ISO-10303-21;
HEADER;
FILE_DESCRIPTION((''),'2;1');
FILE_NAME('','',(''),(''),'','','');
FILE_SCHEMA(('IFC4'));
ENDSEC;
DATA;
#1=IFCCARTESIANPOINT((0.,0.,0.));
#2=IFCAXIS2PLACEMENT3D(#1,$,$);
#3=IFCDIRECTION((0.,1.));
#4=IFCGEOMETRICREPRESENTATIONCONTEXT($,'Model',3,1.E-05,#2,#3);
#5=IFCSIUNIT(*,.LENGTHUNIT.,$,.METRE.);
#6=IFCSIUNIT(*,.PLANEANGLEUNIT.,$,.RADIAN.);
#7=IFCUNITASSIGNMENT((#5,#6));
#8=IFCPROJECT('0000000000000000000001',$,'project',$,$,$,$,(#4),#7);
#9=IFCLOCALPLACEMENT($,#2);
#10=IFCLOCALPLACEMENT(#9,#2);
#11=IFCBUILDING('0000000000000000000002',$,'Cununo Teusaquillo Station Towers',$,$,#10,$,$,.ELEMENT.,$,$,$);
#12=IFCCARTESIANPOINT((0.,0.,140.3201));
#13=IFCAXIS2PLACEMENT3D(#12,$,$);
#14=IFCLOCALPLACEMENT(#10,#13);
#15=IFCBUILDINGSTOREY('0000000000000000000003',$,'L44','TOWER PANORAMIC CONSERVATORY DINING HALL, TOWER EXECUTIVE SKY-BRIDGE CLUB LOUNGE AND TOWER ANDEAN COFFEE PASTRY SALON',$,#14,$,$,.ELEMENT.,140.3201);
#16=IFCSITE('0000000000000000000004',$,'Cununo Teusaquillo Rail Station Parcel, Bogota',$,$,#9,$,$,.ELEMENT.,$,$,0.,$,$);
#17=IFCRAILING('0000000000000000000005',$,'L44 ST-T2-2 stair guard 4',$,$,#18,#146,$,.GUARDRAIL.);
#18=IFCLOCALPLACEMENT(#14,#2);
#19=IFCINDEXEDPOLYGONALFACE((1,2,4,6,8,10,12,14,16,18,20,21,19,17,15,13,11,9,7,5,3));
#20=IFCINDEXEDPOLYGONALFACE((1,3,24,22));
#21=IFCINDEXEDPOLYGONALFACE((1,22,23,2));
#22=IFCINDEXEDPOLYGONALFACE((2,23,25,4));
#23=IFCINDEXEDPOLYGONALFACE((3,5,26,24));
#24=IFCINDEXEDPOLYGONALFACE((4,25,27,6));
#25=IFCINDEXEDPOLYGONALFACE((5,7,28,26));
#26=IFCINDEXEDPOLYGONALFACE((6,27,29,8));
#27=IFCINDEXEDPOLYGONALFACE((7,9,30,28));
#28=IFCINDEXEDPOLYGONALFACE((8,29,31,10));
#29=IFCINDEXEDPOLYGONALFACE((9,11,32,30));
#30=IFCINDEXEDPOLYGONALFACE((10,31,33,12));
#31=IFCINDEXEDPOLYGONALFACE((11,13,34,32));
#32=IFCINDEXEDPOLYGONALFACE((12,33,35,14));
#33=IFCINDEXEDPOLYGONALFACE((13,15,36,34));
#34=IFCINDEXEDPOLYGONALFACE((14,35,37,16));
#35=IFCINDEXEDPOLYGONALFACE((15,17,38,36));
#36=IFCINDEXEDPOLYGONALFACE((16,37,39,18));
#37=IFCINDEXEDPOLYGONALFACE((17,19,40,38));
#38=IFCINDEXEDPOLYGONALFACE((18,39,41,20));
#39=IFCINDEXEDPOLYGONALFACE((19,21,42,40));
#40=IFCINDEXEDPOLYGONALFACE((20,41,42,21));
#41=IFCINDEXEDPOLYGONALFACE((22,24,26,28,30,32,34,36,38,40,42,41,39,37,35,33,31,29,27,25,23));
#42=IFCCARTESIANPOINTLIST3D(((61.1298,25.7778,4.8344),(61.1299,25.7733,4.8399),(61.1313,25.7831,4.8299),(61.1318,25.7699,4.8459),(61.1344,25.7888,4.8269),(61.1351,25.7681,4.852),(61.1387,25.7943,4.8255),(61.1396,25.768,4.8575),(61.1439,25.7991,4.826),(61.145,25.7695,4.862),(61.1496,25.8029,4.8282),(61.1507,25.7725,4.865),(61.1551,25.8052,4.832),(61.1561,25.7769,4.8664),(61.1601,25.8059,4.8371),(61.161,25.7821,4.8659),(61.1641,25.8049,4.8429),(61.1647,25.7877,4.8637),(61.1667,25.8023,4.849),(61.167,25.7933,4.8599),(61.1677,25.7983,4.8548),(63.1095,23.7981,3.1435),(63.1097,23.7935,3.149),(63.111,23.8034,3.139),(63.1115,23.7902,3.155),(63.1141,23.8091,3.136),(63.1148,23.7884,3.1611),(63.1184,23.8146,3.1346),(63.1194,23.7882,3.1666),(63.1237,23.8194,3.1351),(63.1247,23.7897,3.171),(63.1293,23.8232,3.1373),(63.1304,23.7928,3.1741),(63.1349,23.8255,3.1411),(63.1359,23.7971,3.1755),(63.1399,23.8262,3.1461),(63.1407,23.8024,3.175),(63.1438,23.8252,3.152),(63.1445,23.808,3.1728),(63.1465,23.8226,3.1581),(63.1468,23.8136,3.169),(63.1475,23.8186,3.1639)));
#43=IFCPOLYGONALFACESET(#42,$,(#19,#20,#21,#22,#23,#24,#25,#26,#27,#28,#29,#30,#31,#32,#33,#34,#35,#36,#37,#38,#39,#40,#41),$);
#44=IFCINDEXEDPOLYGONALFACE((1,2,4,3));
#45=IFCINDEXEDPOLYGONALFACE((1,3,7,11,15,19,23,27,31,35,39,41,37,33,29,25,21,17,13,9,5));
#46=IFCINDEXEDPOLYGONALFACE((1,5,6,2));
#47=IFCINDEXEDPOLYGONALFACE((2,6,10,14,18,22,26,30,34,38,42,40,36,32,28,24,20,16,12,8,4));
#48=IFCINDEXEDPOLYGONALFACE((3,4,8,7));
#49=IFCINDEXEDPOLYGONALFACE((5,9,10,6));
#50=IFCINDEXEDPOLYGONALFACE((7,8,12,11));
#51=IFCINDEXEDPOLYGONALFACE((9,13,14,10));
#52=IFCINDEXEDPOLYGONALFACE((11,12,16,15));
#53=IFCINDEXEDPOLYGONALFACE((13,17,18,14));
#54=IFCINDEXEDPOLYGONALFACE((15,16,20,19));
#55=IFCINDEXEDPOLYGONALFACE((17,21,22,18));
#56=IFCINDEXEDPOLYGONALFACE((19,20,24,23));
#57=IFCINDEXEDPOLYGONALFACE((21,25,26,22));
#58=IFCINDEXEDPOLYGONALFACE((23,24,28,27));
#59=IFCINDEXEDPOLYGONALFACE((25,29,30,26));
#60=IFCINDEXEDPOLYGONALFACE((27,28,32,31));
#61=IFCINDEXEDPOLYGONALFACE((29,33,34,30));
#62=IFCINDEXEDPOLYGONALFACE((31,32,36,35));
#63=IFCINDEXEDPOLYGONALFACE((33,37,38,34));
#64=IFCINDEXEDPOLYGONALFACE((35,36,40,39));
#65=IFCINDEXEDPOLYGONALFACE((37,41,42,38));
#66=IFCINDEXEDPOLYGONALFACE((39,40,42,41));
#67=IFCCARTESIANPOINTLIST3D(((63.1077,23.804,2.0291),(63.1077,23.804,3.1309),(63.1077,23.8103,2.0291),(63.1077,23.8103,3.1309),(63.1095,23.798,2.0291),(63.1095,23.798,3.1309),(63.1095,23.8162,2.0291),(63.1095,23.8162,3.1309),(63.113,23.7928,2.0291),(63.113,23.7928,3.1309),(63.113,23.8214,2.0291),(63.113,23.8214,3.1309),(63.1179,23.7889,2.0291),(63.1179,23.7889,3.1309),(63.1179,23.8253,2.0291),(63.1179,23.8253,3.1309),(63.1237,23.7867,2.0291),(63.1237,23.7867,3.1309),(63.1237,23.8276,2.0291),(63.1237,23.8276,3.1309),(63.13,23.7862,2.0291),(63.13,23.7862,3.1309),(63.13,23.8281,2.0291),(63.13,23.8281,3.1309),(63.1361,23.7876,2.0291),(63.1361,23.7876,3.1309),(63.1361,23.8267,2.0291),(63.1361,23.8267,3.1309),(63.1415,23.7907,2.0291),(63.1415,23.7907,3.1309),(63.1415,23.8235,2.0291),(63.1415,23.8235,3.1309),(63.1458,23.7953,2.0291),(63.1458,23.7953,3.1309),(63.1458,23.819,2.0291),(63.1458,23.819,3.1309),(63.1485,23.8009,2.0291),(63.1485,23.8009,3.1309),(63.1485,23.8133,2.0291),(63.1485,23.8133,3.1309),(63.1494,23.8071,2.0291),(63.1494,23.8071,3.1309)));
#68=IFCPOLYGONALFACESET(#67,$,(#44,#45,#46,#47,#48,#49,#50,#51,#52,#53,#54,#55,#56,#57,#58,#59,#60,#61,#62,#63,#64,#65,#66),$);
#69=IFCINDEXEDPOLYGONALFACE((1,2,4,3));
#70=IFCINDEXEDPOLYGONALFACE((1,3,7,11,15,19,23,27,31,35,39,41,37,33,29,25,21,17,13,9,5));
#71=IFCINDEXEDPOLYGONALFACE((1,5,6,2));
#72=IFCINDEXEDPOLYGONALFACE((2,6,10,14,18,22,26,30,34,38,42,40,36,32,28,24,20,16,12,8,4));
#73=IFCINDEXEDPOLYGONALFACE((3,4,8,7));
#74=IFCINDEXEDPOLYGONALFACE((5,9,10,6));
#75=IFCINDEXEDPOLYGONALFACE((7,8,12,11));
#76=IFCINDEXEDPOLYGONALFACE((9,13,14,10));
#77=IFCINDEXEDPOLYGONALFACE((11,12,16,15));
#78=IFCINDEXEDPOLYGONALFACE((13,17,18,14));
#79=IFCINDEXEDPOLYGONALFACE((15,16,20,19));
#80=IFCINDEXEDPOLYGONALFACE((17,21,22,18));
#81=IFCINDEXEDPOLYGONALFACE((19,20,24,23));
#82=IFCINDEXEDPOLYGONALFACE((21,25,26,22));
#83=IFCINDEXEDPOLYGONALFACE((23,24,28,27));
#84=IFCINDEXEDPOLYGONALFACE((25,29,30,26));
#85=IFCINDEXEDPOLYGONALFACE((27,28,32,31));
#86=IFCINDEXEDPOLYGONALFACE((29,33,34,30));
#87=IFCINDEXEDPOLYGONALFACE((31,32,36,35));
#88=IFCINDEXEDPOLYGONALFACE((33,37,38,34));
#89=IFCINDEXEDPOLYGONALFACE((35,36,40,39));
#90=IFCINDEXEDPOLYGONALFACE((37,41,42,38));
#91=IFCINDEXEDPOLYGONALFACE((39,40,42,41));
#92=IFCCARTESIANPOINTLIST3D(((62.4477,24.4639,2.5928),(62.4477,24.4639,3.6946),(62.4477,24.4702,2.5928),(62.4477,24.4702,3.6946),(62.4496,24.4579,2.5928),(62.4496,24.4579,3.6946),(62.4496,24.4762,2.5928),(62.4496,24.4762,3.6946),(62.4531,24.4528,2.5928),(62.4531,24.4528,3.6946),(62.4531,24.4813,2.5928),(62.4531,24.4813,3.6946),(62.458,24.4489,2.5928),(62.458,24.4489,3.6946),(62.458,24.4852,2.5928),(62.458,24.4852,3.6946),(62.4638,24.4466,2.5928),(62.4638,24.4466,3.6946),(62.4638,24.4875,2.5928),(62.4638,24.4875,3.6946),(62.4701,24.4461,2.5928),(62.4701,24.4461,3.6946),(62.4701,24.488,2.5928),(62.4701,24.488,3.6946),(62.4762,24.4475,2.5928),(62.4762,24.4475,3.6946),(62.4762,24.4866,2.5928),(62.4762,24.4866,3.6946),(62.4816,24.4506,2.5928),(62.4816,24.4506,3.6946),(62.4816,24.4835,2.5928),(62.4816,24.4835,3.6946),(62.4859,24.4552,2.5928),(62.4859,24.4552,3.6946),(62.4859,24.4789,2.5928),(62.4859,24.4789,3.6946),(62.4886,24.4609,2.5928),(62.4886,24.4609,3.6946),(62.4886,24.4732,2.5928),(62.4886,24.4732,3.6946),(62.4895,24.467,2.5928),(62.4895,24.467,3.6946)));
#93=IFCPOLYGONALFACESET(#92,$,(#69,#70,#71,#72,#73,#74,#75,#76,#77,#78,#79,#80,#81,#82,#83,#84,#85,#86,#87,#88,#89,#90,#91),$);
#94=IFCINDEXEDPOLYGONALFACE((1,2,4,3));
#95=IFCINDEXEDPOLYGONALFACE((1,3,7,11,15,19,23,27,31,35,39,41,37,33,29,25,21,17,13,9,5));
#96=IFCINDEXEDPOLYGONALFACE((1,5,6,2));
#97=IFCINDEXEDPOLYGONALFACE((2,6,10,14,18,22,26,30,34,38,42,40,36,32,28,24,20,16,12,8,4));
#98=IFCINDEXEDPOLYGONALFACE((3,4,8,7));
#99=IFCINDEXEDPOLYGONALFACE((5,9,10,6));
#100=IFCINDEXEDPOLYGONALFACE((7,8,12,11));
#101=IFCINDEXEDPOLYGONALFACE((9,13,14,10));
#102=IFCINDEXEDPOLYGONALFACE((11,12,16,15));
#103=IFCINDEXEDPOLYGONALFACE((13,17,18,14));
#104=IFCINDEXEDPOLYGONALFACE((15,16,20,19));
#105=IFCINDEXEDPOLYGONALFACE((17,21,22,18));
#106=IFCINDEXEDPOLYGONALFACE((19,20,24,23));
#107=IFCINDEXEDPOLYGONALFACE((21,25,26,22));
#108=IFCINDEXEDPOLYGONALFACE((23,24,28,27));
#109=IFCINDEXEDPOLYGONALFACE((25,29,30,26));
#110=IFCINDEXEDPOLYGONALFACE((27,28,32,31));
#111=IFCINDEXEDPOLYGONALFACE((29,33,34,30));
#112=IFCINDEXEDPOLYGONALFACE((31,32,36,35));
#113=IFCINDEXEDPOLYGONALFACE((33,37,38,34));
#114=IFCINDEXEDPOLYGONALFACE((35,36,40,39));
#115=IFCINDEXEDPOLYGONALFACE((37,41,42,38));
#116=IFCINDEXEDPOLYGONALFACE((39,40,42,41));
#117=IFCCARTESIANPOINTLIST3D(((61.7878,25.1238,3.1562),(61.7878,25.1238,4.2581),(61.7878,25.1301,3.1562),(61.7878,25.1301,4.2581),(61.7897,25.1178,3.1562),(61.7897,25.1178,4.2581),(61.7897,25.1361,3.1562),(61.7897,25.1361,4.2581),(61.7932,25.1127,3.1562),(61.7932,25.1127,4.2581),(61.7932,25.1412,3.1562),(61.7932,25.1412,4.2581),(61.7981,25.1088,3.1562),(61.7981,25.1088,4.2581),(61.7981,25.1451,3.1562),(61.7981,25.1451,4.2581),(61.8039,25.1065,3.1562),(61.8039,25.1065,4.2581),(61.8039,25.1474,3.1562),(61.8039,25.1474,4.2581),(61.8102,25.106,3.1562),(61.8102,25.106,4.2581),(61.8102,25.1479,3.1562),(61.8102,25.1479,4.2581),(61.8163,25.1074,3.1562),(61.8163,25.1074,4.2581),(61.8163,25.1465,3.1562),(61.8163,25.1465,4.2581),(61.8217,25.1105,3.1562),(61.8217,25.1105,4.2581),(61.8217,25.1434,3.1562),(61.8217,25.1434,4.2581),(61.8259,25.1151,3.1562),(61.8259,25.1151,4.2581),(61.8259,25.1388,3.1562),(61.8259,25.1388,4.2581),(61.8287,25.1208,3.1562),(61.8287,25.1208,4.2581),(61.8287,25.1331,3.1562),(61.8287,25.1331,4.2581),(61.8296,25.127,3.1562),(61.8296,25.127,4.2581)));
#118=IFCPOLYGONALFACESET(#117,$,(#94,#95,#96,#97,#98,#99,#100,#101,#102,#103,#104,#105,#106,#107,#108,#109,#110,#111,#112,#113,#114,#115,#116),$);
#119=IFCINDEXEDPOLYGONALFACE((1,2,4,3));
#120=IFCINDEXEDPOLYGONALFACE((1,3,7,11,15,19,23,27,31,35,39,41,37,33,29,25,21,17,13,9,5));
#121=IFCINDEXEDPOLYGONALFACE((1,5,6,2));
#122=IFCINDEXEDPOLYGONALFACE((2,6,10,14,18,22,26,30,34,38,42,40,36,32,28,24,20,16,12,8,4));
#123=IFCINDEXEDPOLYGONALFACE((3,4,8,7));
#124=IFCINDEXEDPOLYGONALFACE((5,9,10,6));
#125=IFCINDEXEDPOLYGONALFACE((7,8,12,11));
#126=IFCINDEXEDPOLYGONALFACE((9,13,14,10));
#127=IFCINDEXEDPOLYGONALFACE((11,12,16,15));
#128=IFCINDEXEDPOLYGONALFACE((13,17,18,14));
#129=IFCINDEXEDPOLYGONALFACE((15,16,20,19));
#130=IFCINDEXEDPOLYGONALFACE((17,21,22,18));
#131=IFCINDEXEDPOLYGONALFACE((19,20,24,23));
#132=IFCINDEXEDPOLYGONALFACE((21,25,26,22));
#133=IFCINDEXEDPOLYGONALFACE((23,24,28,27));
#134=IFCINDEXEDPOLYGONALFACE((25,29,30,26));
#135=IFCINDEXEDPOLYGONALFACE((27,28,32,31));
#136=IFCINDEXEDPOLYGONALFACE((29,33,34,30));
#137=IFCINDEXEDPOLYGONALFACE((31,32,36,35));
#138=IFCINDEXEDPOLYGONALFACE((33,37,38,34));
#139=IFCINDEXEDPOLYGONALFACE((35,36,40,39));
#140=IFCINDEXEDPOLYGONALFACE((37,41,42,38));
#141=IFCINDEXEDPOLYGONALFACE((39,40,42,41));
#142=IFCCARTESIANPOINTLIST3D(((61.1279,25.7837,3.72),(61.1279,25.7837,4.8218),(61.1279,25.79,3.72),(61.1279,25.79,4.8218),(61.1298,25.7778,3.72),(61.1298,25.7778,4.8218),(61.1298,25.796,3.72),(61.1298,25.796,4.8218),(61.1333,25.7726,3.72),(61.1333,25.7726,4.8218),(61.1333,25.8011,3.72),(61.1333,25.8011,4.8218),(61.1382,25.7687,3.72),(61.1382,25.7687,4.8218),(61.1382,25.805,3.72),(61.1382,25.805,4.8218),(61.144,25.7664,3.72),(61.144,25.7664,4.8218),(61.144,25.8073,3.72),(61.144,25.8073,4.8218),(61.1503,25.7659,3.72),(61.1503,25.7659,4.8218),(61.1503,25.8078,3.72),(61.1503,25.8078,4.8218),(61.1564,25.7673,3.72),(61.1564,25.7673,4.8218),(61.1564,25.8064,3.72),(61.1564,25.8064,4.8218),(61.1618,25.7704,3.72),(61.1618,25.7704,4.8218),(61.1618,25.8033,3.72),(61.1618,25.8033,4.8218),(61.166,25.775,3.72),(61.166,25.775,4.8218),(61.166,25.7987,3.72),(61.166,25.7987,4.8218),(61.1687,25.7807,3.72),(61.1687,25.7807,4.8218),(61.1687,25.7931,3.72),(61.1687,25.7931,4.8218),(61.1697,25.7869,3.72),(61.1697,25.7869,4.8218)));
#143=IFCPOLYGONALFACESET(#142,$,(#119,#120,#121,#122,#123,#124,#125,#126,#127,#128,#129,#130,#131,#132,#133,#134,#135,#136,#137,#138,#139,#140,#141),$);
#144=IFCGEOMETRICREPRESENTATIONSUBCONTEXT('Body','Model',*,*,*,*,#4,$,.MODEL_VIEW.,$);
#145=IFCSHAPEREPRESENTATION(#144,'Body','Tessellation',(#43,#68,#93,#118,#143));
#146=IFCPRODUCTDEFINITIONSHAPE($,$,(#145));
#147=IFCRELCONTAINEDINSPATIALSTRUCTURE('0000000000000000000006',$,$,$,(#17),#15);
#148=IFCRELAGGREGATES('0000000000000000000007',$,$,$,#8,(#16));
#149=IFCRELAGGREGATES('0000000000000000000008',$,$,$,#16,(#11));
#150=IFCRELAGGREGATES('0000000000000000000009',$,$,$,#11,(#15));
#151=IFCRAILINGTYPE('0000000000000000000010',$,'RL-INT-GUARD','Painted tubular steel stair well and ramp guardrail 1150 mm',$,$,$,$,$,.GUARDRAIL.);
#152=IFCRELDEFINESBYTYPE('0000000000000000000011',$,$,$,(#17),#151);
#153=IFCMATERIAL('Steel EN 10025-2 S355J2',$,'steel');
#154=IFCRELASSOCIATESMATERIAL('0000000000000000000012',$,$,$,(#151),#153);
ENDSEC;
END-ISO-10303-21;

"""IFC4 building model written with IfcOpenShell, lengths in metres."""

from ifc_helpers import new_model, si_unit, direction, frame, origin, origin_2d, place, context, subcontext, project, spatial, circle, extrude, material, type_object, element, save


model = new_model("IFC4")

# Units and contexts
model_context = context("Model", 3, precision=1e-05, world=origin(), true_north=direction((0.0, 1.0)))
body_context = subcontext(model_context, "Body", "Model", "MODEL_VIEW")
ifc_project = project(units=[si_unit("LENGTHUNIT", "METRE"), si_unit("PLANEANGLEUNIT", "RADIAN")], contexts=[model_context])

# Site, building, storey
site_placement = place(None, origin())
site = spatial("IfcSite", under=ifc_project, at=site_placement, Name="Cununo Teusaquillo Rail Station Parcel, Bogota", CompositionType="ELEMENT", RefElevation=0.0)
building_placement = place(site_placement, origin())
building = spatial("IfcBuilding", under=site, at=building_placement, Name="Cununo Teusaquillo Station Towers", CompositionType="ELEMENT")
storey_placement = place(building_placement, frame((0.0, 0.0, 140.3201)))
storey = spatial("IfcBuildingStorey", under=building, at=storey_placement, Name="L44", Description="TOWER PANORAMIC CONSERVATORY DINING HALL, TOWER EXECUTIVE SKY-BRIDGE CLUB LOUNGE AND TOWER ANDEAN COFFEE PASTRY SALON", CompositionType="ELEMENT", Elevation=140.3201)

# Railing
ifc_material_1 = material(Name="Steel EN 10025-2 S355J2", Category="steel")
railing_type_1 = type_object("IfcRailingType", Name="RL-INT-GUARD", Description="Painted tubular steel stair well and ramp guardrail 1150 mm", PredefinedType="GUARDRAIL", material=ifc_material_1)
railing_1_placement = place(storey_placement, frame((63.1284, 23.8071, 2.0291)))
element("IfcRailing", 1, at=railing_1_placement, inside=storey, type_object=railing_type_1, Name="L44 ST-T2-2 stair guard 4", PredefinedType="GUARDRAIL", context=body_context, shape_type="SweptSolid", body=[
    extrude(circle(Radius=0.0239, at=origin_2d()), frame((0.0, 0.0, 1.126), z_axis=(-0.605282, 0.605282, 0.516979), x_axis=(-0.707107, -0.707107, 0.0)), (0.0, 0.0, 1.0), 3.2708),
    extrude(circle(Radius=0.021, at=origin_2d()), origin(), (0.0, 0.0, 1.0), 1.1018),
    extrude(circle(Radius=0.021, at=origin_2d()), frame((-0.6599, 0.6599, 0.5637)), (0.0, 0.0, 1.0), 1.1018),
    extrude(circle(Radius=0.021, at=origin_2d()), frame((-1.3198, 1.3198, 1.1272)), (0.0, 0.0, 1.0), 1.1018),
    extrude(circle(Radius=0.021, at=origin_2d()), frame((-1.9797, 1.9797, 1.6909)), (0.0, 0.0, 1.0), 1.1018),
])

save(model, "model.ifc")
